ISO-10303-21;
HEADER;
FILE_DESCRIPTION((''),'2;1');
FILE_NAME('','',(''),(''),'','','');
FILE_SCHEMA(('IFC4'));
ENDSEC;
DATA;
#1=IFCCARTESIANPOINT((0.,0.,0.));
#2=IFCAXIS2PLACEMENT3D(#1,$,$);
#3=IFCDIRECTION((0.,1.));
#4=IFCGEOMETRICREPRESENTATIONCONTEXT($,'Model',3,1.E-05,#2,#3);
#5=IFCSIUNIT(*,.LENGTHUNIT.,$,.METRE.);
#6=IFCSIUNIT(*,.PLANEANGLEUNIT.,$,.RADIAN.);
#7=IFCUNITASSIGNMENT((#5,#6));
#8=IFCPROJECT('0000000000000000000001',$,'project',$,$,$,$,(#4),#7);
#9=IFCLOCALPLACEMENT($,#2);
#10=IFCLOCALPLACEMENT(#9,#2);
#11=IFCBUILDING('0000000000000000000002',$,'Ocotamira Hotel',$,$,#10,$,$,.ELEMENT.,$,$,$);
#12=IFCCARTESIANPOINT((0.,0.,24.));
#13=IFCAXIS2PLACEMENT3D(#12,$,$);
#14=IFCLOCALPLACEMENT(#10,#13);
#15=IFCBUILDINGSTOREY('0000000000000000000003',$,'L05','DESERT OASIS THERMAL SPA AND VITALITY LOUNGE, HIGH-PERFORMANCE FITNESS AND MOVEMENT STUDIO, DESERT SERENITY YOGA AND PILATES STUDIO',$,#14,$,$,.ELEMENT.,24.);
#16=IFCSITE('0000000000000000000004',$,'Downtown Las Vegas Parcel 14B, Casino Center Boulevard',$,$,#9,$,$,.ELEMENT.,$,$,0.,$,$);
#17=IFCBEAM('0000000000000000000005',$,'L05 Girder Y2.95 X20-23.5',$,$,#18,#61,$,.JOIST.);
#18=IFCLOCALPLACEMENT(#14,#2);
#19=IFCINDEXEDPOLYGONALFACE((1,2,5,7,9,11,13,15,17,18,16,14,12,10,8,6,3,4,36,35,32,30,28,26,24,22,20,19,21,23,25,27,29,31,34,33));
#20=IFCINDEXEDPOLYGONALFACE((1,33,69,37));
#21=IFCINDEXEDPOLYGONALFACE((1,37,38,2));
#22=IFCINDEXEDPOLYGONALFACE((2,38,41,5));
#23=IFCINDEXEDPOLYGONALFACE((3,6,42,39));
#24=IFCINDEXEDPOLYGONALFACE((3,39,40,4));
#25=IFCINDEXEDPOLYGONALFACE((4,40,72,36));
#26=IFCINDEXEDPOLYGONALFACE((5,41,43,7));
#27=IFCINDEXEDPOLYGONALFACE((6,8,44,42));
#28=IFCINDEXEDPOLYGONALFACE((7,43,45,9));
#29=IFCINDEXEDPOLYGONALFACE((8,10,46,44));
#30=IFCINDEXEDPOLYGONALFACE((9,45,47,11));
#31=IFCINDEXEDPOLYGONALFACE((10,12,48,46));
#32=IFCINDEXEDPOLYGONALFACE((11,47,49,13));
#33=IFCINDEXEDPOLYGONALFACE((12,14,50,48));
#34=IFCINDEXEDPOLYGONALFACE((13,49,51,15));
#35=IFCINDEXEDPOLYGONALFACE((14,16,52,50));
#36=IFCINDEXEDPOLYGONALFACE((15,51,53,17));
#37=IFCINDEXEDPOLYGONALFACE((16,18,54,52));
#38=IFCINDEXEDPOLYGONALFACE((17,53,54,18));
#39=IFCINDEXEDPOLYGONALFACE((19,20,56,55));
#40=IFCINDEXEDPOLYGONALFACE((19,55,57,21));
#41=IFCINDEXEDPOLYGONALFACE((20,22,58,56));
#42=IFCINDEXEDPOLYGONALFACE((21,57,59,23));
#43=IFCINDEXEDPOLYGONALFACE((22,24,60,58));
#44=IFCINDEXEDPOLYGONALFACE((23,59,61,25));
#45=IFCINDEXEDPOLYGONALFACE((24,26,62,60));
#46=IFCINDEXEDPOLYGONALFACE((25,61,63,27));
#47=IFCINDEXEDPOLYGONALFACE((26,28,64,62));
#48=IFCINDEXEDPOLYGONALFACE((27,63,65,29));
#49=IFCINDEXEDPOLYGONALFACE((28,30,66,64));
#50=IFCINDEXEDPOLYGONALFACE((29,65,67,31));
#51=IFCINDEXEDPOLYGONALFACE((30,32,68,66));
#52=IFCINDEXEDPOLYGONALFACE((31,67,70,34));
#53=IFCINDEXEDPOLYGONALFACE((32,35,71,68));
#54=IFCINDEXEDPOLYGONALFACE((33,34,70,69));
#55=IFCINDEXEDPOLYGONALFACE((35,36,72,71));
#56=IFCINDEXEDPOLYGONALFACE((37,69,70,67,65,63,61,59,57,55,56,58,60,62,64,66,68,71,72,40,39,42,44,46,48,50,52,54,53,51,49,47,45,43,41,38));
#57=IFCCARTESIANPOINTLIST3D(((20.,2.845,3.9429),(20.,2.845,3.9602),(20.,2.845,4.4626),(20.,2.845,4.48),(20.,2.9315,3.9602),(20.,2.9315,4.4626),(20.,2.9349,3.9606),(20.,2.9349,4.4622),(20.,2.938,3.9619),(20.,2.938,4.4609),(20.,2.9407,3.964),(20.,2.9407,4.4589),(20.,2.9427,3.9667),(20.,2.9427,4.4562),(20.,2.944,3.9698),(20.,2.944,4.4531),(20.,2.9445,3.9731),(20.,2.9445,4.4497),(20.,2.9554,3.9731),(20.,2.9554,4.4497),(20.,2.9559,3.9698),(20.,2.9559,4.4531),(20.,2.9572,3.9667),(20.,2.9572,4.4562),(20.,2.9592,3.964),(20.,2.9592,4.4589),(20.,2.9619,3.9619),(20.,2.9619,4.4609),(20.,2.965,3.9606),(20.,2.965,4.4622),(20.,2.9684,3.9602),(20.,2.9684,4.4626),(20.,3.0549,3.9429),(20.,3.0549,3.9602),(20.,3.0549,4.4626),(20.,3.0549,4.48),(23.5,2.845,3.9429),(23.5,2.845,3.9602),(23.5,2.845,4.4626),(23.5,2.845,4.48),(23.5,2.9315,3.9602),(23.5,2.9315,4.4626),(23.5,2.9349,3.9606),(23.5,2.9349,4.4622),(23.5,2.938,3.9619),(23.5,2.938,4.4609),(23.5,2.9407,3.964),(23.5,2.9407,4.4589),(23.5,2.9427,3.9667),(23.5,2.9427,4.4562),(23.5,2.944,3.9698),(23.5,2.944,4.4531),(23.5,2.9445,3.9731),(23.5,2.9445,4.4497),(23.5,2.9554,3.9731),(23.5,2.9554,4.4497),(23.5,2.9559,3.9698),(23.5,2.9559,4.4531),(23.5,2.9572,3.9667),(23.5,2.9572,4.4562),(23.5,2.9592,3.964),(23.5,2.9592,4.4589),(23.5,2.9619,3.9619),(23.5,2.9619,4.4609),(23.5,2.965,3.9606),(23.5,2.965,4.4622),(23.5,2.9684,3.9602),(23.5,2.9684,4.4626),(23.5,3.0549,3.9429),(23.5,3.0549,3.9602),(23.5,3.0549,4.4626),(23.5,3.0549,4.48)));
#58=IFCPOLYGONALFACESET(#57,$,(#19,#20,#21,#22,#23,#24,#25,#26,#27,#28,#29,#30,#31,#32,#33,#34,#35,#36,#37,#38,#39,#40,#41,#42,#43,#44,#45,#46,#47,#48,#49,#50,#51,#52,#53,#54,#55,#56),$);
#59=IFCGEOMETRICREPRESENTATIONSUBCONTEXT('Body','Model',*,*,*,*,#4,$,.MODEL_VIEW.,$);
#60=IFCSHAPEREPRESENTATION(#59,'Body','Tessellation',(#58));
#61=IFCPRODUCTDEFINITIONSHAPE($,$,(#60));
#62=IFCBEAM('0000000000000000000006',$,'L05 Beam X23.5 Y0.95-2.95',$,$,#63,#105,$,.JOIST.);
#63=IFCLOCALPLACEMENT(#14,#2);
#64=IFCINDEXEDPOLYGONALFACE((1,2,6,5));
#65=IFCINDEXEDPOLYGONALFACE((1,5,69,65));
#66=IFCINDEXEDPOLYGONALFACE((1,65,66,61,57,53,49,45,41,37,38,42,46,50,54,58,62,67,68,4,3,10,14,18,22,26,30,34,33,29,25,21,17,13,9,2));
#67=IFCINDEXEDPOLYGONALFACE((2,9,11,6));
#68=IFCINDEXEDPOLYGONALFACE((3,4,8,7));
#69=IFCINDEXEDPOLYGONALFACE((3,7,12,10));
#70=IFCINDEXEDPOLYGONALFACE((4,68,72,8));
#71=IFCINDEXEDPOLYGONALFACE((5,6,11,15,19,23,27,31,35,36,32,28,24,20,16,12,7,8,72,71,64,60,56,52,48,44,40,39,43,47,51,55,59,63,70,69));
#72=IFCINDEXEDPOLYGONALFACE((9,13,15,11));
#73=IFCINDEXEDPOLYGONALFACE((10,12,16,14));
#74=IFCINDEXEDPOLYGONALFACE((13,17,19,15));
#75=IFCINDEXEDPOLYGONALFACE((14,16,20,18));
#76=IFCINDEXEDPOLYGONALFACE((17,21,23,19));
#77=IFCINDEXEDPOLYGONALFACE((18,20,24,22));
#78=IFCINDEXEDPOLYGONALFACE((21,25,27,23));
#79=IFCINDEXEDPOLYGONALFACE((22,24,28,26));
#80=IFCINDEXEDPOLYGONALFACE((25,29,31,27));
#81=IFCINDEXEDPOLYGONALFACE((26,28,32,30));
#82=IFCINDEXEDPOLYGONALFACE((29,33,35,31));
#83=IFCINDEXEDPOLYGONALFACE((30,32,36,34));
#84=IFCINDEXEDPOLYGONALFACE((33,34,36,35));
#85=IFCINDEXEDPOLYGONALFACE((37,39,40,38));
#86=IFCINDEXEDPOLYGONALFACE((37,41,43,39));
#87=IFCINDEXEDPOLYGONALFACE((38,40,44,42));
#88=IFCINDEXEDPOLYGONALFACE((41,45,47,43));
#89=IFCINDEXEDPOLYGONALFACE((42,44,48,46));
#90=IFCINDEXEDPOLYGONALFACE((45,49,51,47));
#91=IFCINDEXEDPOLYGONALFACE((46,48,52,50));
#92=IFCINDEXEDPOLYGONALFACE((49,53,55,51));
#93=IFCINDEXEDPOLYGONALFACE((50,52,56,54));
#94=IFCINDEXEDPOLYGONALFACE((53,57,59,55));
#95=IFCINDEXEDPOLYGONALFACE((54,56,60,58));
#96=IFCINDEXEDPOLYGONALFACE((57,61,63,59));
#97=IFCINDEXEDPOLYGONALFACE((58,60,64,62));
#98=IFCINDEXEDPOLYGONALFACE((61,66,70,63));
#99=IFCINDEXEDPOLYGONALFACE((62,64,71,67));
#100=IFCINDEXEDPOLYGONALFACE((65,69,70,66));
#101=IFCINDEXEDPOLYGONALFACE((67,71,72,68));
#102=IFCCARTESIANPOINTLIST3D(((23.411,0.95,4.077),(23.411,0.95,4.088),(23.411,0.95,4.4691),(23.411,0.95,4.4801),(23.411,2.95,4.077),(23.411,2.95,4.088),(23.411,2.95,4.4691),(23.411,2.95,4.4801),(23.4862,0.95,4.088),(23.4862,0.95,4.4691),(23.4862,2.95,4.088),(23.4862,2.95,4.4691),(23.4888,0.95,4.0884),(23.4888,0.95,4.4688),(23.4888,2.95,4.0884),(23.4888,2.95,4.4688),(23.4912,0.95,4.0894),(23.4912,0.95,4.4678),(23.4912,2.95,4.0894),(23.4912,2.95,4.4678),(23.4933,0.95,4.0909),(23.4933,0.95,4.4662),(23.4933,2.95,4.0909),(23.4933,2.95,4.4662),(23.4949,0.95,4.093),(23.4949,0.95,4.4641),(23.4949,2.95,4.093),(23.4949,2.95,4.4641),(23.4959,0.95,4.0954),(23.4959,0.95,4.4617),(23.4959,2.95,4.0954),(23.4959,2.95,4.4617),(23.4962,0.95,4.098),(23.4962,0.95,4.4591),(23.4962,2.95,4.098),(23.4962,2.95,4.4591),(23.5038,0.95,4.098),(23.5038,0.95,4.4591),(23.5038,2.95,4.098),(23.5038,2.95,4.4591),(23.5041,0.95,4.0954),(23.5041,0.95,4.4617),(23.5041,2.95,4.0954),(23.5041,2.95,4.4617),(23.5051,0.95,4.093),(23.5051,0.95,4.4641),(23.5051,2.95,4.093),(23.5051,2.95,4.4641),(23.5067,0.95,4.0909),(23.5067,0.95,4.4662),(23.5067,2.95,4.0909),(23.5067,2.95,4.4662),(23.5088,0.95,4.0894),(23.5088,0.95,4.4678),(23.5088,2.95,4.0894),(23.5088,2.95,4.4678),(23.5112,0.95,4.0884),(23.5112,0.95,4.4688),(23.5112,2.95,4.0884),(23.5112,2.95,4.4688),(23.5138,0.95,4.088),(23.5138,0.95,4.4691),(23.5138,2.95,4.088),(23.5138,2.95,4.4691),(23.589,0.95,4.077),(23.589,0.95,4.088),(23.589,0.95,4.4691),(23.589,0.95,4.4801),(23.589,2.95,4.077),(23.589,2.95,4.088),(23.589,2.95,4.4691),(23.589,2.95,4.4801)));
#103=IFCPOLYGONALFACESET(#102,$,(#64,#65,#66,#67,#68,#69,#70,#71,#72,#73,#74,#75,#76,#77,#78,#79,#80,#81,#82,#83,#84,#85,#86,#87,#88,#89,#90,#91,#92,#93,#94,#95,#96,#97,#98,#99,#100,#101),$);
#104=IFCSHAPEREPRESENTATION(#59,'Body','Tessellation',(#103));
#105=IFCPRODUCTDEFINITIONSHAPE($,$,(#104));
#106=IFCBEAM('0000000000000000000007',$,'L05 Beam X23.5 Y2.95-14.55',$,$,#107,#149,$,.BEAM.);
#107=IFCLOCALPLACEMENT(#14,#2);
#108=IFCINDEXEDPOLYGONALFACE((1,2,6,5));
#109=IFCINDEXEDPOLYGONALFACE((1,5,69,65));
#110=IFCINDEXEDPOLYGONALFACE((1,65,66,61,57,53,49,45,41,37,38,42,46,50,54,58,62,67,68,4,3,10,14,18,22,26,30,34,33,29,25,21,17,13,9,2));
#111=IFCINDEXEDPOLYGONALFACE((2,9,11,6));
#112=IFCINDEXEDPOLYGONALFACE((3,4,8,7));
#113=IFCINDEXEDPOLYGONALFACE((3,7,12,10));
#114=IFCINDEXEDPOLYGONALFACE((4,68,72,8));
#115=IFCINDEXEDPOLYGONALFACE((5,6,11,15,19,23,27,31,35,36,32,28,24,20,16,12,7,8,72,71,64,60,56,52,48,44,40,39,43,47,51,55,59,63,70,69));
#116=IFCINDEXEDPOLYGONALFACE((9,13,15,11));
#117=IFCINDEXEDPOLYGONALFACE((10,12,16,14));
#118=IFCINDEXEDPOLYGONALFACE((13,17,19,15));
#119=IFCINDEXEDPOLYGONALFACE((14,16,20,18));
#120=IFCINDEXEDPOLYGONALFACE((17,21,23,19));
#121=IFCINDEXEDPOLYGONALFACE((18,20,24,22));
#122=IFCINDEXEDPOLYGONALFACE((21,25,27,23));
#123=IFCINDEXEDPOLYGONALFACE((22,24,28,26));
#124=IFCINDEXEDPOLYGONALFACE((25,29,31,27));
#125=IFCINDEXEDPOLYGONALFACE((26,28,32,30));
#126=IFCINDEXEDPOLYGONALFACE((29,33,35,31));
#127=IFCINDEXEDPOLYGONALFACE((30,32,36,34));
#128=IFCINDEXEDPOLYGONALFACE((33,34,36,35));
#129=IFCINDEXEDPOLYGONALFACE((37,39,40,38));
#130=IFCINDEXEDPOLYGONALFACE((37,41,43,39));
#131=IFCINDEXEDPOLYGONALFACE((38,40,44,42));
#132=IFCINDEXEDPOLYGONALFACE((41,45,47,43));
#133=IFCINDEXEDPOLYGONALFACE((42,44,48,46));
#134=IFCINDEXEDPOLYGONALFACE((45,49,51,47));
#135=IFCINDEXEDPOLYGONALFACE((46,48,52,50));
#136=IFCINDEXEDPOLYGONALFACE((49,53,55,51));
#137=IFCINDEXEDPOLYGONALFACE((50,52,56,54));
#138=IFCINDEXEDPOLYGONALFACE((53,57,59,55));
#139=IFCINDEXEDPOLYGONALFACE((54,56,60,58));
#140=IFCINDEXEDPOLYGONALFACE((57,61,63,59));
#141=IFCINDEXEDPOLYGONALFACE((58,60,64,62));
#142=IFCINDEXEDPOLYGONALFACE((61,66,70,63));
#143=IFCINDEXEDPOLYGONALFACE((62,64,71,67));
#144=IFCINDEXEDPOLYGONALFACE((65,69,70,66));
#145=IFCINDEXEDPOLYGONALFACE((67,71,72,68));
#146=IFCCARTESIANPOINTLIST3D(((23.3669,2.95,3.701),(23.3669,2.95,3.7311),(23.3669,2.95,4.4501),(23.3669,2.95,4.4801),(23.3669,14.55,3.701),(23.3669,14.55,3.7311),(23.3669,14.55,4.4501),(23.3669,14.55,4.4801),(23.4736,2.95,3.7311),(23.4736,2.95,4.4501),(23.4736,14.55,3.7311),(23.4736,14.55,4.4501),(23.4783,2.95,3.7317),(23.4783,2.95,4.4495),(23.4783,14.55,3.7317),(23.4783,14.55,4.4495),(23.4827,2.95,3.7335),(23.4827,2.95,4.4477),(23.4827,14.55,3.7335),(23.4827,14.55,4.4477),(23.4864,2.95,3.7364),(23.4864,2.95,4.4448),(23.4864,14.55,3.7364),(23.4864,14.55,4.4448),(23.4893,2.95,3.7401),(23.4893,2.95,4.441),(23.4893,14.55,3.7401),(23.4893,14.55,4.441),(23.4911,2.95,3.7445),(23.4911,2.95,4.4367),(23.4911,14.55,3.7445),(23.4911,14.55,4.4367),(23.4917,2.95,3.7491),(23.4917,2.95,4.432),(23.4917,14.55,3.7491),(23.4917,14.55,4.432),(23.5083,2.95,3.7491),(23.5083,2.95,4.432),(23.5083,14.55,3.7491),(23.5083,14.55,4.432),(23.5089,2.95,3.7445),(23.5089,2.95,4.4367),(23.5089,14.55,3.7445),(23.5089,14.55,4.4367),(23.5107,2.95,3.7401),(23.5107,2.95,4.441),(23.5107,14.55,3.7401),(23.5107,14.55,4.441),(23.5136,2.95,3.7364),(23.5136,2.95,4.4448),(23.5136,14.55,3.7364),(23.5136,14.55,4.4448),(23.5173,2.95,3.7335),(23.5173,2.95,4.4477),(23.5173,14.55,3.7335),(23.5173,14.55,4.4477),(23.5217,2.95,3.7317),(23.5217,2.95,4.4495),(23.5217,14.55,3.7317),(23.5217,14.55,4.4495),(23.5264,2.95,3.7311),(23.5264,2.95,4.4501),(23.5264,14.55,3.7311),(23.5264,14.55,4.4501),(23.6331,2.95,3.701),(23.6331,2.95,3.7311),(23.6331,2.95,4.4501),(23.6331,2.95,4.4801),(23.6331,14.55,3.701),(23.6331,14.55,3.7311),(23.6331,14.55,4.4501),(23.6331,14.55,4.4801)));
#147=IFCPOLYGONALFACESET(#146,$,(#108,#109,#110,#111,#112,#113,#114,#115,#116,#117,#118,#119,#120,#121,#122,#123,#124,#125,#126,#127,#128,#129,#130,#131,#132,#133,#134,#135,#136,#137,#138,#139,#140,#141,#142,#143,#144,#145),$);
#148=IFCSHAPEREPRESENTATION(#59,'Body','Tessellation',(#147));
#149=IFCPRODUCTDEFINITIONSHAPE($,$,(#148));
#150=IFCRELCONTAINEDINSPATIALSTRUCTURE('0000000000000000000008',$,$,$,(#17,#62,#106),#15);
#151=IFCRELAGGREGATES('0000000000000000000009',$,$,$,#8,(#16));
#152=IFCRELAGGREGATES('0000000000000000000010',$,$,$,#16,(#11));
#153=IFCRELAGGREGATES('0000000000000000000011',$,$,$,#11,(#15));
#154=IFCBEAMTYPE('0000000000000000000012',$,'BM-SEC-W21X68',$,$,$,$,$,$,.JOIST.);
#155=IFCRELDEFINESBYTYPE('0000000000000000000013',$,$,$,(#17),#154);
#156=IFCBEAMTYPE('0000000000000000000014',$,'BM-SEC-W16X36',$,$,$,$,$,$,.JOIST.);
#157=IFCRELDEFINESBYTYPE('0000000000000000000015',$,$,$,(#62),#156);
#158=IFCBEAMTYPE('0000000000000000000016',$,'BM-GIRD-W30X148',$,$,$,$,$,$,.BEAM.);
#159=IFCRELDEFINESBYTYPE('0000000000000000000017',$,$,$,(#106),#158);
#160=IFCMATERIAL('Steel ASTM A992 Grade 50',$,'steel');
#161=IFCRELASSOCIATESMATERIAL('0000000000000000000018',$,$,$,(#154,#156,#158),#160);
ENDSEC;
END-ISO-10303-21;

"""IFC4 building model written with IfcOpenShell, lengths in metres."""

from ifc_helpers import new_model, si_unit, direction, frame, origin, origin_2d, place, context, subcontext, project, spatial, i_section, extrude, source, transform, mapped, material, material_profile, profile_set, type_object, element, save


model = new_model("IFC4")

# Units and contexts
model_context = context("Model", 3, precision=1e-05, world=origin(), true_north=direction((0.0, 1.0)))
body_context = subcontext(model_context, "Body", "Model", "MODEL_VIEW")
ifc_project = project(units=[si_unit("LENGTHUNIT", "METRE"), si_unit("PLANEANGLEUNIT", "RADIAN")], contexts=[model_context])

# Site, building, storey
site_placement = place(None, origin())
site = spatial("IfcSite", under=ifc_project, at=site_placement, Name="Downtown Las Vegas Parcel 14B, Casino Center Boulevard", CompositionType="ELEMENT", RefElevation=0.0)
building_placement = place(site_placement, origin())
building = spatial("IfcBuilding", under=site, at=building_placement, Name="Ocotamira Hotel", CompositionType="ELEMENT")
storey_placement = place(building_placement, frame((0.0, 0.0, 24.0)))
storey = spatial("IfcBuildingStorey", under=building, at=storey_placement, Name="L05", Description="DESERT OASIS THERMAL SPA AND VITALITY LOUNGE, HIGH-PERFORMANCE FITNESS AND MOVEMENT STUDIO, DESERT SERENITY YOGA AND PILATES STUDIO", CompositionType="ELEMENT", Elevation=24.0)

# Beams
ifc_material_1 = material(Name="Steel ASTM A992 Grade 50", Category="steel")
ifc_material_profile_1 = material_profile(ifc_material_1, i_section(OverallWidth=0.21, OverallDepth=0.5371, WebThickness=0.011, FlangeThickness=0.0173, FilletRadius=0.0129, at=origin_2d()), Name="W21X68")
ifc_profile_set_1 = profile_set([ifc_material_profile_1], Name="Steel ASTM A992 Grade 50")
beam_type_1 = type_object("IfcBeamType", Name="BM-SEC-W21X68", PredefinedType="JOIST", material=ifc_profile_set_1)
shared_shape_1 = source(origin(), body_context, "Body", "SweptSolid", [
    extrude(i_section(OverallWidth=0.21, OverallDepth=0.5371, WebThickness=0.011, FlangeThickness=0.0173, FilletRadius=0.0129, at=origin_2d()), origin(), (0.0, 0.0, 1.0), 3.5),
])
beam_1_placement = place(storey_placement, frame((20.0, 2.95, 4.2114), z_axis=(1.0, 0.0, 0.0), x_axis=(0.0, 1.0, 0.0)))
element("IfcBeam", 1, at=beam_1_placement, inside=storey, type_object=beam_type_1, Name="L05 Girder Y2.95 X20-23.5", PredefinedType="JOIST", context=body_context, shape_type="MappedRepresentation", body=[
    mapped(shared_shape_1, transform((0.0, 0.0, 0.0), scale=1.0)),
])
ifc_material_profile_2 = material_profile(ifc_material_1, i_section(OverallWidth=0.178, OverallDepth=0.4031, WebThickness=0.0076, FlangeThickness=0.011, FilletRadius=0.01, at=origin_2d()), Name="W16X36")
ifc_profile_set_2 = profile_set([ifc_material_profile_2], Name="Steel ASTM A992 Grade 50")
beam_type_2 = type_object("IfcBeamType", Name="BM-SEC-W16X36", PredefinedType="JOIST", material=ifc_profile_set_2)
shared_shape_2 = source(origin(), body_context, "Body", "SweptSolid", [
    extrude(i_section(OverallWidth=0.178, OverallDepth=0.4031, WebThickness=0.0076, FlangeThickness=0.011, FilletRadius=0.01, at=origin_2d()), origin(), (0.0, 0.0, 1.0), 2.0),
])
beam_2_placement = place(storey_placement, frame((23.5, 0.95, 4.2786), z_axis=(0.0, 1.0, 0.0), x_axis=(-1.0, 0.0, 0.0)))
element("IfcBeam", 2, at=beam_2_placement, inside=storey, type_object=beam_type_2, Name="L05 Beam X23.5 Y0.95-2.95", PredefinedType="JOIST", context=body_context, shape_type="MappedRepresentation", body=[
    mapped(shared_shape_2, transform((0.0, 0.0, 0.0), scale=1.0)),
])
ifc_material_profile_3 = material_profile(ifc_material_1, i_section(OverallWidth=0.2661, OverallDepth=0.7791, WebThickness=0.0166, FlangeThickness=0.03, FilletRadius=0.0181, at=origin_2d()), Name="W30X148")
ifc_profile_set_3 = profile_set([ifc_material_profile_3], Name="Steel ASTM A992 Grade 50")
beam_type_3 = type_object("IfcBeamType", Name="BM-GIRD-W30X148", PredefinedType="BEAM", material=ifc_profile_set_3)
shared_shape_3 = source(origin(), body_context, "Body", "SweptSolid", [
    extrude(i_section(OverallWidth=0.2661, OverallDepth=0.7791, WebThickness=0.0166, FlangeThickness=0.03, FilletRadius=0.0181, at=origin_2d()), origin(), (0.0, 0.0, 1.0), 11.6001),
])
beam_3_placement = place(storey_placement, frame((23.5, 2.95, 4.0906), z_axis=(0.0, 1.0, 0.0), x_axis=(-1.0, 0.0, 0.0)))
element("IfcBeam", 3, at=beam_3_placement, inside=storey, type_object=beam_type_3, Name="L05 Beam X23.5 Y2.95-14.55", PredefinedType="BEAM", context=body_context, shape_type="MappedRepresentation", body=[
    mapped(shared_shape_3, transform((0.0, 0.0, 0.0), scale=1.0)),
])

save(model, "model.ifc")
